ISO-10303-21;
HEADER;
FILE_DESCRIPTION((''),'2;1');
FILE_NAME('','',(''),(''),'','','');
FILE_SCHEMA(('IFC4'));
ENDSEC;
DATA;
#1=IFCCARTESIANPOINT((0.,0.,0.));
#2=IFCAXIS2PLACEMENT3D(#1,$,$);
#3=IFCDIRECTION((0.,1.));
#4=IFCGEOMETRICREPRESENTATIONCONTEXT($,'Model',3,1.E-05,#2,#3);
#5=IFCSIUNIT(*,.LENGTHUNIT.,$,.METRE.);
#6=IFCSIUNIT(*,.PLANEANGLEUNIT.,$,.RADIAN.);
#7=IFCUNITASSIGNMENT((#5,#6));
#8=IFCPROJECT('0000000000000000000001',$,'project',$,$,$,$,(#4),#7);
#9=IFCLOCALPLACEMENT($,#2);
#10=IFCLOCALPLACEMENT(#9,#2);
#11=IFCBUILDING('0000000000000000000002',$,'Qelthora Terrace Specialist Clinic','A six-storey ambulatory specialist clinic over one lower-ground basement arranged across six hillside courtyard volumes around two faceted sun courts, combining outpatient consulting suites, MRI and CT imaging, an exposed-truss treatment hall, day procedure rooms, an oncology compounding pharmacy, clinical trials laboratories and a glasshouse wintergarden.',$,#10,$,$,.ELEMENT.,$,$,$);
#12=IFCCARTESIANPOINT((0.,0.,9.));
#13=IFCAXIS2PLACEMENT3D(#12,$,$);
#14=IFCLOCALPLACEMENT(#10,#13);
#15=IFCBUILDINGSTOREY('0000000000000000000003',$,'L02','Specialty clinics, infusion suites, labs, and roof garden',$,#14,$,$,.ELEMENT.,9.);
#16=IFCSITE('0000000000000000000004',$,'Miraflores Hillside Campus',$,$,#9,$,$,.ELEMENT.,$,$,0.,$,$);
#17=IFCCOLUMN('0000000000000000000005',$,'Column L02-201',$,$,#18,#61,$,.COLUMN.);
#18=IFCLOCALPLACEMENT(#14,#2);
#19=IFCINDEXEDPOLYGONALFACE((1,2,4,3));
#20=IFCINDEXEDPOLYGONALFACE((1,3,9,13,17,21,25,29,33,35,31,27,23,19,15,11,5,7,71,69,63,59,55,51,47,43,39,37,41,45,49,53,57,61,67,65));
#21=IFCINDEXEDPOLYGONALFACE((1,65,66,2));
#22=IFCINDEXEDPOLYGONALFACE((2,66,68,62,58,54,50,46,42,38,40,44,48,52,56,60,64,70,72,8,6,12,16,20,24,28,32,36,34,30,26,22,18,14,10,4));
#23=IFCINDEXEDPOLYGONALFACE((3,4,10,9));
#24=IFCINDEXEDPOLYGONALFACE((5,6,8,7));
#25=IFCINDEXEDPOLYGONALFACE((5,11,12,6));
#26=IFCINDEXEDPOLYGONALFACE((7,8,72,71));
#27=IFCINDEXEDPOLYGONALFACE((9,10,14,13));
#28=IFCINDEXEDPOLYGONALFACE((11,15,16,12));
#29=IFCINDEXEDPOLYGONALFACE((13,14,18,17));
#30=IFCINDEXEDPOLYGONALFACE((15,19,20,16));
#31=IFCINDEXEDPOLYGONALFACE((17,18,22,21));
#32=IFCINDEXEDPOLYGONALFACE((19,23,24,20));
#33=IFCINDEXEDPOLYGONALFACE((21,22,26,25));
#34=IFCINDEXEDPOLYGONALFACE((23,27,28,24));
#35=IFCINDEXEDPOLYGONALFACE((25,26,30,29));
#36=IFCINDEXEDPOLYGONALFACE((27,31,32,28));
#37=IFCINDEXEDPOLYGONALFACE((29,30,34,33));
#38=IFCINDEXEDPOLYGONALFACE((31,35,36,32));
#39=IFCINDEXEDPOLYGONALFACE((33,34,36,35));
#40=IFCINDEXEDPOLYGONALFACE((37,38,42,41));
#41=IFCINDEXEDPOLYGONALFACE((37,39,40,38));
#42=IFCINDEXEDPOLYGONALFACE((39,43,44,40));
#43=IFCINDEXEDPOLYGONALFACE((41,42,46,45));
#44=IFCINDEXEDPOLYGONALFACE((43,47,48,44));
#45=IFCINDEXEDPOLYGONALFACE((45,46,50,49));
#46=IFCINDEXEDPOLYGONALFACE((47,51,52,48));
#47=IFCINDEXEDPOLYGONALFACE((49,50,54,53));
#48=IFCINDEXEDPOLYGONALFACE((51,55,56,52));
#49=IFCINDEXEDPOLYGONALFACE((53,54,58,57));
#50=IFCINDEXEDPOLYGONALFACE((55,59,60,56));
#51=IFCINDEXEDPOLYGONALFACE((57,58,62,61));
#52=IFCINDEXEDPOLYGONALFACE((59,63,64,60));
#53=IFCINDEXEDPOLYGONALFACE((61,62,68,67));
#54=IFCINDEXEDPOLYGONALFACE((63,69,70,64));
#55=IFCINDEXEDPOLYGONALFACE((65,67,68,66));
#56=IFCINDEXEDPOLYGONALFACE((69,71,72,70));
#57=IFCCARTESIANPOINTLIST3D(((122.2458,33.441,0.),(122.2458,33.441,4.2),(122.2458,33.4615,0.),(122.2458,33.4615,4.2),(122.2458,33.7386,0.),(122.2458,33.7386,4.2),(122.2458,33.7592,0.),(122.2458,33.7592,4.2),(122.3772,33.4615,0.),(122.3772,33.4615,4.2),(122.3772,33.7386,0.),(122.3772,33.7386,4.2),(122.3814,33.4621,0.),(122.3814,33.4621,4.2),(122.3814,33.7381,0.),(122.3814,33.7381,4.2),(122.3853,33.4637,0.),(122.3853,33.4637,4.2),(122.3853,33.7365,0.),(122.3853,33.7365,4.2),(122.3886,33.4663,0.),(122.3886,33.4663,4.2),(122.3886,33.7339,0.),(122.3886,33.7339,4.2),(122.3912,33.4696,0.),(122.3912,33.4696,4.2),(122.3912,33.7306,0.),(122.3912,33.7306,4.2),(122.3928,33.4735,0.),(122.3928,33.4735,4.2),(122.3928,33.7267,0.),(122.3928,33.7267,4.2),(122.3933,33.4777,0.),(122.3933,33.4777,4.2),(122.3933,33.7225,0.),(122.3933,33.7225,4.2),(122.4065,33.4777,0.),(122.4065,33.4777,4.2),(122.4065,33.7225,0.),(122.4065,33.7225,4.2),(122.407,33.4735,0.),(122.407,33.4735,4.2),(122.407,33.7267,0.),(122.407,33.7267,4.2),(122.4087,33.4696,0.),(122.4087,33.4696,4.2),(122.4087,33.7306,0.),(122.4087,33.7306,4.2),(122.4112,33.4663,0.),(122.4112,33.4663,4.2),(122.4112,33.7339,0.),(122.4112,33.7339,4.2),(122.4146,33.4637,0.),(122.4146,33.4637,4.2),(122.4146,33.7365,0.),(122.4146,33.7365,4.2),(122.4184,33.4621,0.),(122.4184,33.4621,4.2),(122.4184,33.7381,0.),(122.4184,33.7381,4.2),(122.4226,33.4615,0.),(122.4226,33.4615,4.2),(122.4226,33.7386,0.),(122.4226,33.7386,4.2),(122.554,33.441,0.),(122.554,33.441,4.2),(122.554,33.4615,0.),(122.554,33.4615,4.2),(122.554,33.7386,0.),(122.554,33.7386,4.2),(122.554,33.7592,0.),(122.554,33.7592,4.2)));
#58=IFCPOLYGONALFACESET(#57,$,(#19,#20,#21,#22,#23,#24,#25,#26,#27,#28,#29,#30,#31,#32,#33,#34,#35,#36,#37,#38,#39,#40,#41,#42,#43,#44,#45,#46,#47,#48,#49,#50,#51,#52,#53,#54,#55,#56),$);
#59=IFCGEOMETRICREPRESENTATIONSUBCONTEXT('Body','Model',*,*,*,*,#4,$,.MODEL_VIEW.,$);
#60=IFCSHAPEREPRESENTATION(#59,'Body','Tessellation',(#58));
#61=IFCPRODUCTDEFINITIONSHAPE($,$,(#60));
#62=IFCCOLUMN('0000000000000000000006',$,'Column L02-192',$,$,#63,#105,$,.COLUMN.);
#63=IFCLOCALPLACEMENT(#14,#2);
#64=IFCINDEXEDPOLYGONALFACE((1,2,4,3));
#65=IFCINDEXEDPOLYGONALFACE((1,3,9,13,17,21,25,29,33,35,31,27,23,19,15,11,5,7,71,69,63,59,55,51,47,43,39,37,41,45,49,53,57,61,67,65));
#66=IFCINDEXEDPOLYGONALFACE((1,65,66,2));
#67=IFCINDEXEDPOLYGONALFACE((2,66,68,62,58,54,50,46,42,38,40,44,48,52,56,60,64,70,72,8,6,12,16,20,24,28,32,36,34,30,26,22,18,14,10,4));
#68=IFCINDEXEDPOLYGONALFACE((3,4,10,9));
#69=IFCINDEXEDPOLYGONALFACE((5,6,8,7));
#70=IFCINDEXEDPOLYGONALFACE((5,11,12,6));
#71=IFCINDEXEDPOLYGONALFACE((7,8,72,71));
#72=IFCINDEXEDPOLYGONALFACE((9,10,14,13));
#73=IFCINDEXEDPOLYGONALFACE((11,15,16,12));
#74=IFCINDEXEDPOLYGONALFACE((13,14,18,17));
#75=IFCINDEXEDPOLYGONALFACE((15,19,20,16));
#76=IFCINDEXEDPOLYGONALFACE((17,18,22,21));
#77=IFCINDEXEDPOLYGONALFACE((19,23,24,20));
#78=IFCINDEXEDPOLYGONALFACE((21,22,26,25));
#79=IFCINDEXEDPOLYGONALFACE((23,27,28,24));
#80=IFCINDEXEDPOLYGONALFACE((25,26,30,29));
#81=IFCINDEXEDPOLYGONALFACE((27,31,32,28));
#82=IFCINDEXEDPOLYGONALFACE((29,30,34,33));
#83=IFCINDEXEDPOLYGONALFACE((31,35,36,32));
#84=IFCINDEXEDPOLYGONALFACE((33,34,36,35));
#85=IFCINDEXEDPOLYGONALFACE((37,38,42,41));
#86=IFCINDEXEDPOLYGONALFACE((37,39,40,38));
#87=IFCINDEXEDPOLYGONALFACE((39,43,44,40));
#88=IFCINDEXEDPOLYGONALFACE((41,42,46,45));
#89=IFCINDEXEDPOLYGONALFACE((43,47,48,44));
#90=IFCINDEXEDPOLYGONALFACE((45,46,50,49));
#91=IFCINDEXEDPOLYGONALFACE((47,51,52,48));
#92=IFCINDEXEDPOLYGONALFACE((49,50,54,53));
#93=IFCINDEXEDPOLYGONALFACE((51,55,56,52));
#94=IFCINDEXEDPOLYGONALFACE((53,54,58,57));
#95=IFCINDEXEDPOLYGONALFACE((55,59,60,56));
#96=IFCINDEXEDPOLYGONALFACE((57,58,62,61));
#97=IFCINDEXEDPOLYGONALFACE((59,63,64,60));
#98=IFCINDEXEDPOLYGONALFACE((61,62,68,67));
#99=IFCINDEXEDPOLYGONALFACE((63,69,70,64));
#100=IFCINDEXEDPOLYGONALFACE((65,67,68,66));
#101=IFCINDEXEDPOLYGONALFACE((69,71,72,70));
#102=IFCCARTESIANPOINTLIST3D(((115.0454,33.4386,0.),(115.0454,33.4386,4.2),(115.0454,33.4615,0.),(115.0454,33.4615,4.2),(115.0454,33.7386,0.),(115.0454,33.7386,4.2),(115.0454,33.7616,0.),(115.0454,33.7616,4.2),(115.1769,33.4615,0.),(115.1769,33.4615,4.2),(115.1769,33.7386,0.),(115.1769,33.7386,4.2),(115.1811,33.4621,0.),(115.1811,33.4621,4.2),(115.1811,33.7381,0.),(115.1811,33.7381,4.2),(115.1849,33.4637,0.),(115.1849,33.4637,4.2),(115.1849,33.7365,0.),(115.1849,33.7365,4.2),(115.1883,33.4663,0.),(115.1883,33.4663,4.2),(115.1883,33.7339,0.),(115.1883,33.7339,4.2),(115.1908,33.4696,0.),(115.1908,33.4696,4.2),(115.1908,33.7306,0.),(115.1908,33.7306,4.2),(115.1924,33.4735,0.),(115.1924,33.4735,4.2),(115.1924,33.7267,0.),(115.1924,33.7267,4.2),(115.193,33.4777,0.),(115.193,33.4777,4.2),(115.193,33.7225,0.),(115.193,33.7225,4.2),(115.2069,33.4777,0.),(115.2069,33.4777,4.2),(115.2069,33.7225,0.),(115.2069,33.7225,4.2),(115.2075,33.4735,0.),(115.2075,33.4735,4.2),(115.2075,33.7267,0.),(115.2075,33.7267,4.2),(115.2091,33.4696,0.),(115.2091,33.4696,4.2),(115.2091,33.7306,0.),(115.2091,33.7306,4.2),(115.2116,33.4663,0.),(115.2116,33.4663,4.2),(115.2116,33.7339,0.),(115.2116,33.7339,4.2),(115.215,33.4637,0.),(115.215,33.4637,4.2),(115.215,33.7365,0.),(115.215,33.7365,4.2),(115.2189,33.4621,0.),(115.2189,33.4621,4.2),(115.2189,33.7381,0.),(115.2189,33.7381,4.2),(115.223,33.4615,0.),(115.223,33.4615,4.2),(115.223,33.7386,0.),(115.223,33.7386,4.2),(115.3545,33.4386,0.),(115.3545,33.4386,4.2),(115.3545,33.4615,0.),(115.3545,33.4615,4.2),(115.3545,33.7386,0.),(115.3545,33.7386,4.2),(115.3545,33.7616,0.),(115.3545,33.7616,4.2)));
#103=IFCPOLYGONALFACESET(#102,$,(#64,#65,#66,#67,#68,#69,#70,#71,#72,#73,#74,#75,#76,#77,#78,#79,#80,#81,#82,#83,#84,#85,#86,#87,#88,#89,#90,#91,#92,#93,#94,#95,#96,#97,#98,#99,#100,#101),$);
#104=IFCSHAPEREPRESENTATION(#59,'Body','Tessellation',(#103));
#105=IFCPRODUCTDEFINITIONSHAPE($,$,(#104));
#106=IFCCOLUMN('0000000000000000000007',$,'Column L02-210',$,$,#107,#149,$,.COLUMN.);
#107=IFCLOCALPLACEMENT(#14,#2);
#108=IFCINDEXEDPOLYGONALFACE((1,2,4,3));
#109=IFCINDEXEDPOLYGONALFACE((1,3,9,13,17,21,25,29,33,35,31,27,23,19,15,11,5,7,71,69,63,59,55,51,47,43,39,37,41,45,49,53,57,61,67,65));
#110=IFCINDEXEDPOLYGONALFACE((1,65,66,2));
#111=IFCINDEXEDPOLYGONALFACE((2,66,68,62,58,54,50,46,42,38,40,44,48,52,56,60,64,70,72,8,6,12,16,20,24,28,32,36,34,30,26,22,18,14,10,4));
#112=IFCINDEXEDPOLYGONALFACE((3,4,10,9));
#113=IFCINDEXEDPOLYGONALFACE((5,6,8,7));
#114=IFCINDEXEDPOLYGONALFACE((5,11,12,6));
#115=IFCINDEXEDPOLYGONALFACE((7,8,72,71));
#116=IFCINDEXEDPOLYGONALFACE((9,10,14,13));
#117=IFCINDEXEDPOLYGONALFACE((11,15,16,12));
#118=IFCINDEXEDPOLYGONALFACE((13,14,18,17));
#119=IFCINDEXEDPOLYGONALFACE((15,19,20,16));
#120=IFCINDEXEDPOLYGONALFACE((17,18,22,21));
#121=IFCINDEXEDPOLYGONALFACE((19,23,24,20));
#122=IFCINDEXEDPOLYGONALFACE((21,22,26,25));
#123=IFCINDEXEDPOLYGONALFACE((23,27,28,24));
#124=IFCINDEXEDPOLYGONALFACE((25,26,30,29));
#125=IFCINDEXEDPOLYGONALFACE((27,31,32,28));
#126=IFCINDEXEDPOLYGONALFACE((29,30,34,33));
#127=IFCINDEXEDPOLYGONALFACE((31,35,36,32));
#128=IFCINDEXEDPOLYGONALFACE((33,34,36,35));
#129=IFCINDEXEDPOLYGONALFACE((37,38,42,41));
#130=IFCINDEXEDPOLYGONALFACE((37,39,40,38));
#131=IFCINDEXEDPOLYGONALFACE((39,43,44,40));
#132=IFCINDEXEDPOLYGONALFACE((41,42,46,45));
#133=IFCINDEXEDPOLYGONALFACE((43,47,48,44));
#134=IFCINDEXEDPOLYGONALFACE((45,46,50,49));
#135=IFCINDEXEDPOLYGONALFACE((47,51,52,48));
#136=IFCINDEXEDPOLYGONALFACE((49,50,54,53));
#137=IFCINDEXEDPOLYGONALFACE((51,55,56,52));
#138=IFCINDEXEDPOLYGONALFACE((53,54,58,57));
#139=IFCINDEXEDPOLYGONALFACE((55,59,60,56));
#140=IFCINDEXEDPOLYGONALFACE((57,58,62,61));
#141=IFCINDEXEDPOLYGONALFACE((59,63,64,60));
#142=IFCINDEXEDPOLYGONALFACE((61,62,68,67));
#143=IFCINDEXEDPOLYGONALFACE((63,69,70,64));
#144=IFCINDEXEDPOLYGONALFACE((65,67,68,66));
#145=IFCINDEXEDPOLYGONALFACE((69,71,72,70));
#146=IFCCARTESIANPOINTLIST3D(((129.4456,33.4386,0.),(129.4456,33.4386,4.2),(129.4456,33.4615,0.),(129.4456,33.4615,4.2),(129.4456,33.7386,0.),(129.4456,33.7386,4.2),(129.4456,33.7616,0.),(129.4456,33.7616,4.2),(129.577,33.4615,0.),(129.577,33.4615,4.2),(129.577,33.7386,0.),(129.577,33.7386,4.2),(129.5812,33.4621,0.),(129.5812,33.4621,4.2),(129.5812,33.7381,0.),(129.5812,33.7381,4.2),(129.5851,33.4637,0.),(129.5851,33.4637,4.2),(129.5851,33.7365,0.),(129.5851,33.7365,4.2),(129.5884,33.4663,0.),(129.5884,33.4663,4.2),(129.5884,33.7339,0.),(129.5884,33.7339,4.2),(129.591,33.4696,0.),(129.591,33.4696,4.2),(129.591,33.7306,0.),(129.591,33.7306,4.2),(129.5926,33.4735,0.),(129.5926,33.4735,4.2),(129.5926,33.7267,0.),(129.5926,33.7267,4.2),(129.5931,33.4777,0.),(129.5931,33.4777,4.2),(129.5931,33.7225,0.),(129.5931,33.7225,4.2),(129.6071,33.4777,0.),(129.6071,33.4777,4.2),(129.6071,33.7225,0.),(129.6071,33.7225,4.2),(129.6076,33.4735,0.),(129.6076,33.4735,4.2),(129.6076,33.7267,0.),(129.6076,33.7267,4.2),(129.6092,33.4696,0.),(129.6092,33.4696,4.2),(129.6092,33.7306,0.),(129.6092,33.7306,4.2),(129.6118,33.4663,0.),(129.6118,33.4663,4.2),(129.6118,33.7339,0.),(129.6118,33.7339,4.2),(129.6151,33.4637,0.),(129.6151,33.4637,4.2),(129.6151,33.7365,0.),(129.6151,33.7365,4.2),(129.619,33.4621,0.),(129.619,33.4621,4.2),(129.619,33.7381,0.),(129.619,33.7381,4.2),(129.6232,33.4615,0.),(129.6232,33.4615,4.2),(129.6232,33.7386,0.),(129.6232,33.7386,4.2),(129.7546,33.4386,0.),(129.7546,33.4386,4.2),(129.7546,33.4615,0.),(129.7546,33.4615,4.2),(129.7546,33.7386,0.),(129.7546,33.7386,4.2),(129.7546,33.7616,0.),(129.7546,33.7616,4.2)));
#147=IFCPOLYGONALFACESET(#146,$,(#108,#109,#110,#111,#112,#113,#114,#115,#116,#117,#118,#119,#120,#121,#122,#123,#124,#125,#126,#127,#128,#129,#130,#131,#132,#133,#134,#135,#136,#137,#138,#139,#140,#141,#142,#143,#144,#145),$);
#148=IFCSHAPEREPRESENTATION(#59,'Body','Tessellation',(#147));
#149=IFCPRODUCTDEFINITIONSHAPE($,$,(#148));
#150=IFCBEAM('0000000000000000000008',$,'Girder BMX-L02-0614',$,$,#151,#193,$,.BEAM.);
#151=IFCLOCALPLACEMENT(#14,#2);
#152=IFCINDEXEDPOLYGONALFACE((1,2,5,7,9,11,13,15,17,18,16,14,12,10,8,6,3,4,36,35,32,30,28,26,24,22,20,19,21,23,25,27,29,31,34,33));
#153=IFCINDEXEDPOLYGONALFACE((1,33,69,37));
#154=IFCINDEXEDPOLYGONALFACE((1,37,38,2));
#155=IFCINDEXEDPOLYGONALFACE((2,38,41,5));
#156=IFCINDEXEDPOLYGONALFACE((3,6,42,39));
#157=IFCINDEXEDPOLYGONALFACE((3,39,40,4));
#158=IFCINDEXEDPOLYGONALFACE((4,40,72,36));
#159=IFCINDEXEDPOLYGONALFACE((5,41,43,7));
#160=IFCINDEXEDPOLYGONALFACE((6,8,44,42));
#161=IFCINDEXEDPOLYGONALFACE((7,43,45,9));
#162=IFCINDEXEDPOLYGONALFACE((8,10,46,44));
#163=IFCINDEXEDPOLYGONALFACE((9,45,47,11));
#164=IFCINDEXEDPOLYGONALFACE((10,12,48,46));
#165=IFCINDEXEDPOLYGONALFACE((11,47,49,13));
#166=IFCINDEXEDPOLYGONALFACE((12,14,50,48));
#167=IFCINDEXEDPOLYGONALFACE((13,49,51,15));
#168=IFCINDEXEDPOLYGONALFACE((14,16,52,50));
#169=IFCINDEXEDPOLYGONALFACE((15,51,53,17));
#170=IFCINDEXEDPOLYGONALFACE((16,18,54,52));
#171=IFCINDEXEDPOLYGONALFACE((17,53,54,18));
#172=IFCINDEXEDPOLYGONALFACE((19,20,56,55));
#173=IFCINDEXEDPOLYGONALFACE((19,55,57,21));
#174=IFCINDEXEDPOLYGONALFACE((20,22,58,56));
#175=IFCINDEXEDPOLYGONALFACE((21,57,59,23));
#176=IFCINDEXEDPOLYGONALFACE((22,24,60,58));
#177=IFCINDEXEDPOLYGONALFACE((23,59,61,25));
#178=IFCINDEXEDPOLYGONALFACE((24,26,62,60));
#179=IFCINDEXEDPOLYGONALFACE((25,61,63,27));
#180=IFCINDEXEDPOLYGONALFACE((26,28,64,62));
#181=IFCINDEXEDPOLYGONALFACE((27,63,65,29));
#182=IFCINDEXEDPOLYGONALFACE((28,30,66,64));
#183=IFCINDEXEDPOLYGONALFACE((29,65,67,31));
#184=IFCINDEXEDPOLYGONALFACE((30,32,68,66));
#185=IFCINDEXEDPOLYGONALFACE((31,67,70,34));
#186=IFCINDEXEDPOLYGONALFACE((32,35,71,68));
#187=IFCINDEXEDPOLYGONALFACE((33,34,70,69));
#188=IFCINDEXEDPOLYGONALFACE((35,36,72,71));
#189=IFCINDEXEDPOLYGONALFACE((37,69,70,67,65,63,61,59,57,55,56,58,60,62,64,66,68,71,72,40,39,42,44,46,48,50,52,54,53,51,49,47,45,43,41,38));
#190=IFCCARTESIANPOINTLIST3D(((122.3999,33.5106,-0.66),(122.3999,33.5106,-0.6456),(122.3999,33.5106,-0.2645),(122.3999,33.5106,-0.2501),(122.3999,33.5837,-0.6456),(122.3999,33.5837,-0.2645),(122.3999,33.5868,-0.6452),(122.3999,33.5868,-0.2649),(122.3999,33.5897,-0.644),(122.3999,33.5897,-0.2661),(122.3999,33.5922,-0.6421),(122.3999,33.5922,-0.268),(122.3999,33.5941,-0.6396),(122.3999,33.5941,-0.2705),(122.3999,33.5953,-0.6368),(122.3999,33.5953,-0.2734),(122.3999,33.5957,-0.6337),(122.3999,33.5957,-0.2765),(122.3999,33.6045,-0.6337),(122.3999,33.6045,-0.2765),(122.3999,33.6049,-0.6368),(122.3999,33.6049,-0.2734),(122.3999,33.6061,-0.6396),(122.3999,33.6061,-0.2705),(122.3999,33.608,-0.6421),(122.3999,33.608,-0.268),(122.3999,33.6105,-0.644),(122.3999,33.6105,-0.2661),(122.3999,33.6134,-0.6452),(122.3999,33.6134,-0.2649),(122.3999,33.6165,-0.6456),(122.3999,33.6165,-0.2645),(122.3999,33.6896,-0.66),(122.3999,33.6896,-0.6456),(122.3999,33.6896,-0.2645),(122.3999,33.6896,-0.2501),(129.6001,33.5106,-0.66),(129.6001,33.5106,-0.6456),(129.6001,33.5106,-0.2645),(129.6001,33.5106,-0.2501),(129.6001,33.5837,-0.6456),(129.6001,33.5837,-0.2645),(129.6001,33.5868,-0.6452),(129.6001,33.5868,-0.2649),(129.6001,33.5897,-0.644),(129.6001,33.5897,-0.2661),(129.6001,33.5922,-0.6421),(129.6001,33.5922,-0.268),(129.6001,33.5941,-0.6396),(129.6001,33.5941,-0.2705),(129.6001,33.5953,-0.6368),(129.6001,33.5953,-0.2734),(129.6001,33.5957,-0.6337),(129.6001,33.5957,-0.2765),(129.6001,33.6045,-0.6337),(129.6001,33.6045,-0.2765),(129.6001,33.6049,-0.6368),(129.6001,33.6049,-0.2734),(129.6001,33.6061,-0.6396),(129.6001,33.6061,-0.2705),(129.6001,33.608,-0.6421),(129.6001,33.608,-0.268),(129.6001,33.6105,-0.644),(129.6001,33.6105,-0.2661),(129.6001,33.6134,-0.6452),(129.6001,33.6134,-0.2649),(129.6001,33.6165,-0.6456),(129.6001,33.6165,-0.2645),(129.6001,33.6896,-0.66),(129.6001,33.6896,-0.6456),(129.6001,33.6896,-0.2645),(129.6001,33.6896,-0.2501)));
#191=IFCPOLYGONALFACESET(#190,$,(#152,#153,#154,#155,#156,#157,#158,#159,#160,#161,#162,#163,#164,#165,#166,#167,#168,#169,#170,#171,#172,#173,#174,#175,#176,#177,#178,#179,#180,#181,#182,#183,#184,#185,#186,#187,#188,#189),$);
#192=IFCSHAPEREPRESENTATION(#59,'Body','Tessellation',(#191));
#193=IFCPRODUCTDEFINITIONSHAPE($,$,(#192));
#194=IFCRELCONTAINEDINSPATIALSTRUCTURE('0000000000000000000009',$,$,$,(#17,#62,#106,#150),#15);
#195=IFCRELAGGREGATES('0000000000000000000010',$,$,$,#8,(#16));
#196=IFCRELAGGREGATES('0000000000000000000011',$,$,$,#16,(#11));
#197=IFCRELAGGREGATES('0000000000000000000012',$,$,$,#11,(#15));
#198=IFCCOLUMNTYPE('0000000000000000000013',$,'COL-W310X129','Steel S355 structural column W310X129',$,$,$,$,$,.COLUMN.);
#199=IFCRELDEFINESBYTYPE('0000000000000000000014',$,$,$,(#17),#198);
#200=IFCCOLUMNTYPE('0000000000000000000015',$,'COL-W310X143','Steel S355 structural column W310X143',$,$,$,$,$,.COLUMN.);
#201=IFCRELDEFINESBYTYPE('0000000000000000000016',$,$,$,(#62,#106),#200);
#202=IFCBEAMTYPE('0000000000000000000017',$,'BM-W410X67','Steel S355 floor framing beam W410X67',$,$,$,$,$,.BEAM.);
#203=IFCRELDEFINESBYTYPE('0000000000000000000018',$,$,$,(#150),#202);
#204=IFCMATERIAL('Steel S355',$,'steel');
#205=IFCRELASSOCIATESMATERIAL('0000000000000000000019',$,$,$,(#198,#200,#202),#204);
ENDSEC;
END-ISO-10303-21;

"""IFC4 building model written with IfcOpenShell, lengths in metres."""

from ifc_helpers import new_model, si_unit, direction, frame, origin, origin_2d, place, context, subcontext, project, spatial, i_section, extrude, material, material_profile, profile_set, type_object, element, save


model = new_model("IFC4")

# Units and contexts
model_context = context("Model", 3, precision=1e-05, world=origin(), true_north=direction((0.0, 1.0)))
body_context = subcontext(model_context, "Body", "Model", "MODEL_VIEW")
ifc_project = project(units=[si_unit("LENGTHUNIT", "METRE"), si_unit("PLANEANGLEUNIT", "RADIAN")], contexts=[model_context])

# Site, building, storey
site_placement = place(None, origin())
site = spatial("IfcSite", under=ifc_project, at=site_placement, Name="Miraflores Hillside Campus", CompositionType="ELEMENT", RefElevation=0.0)
building_placement = place(site_placement, origin())
building = spatial("IfcBuilding", under=site, at=building_placement, Name="Qelthora Terrace Specialist Clinic", Description="A six-storey ambulatory specialist clinic over one lower-ground basement arranged across six hillside courtyard volumes around two faceted sun courts, combining outpatient consulting suites, MRI and CT imaging, an exposed-truss treatment hall, day procedure rooms, an oncology compounding pharmacy, clinical trials laboratories and a glasshouse wintergarden.", CompositionType="ELEMENT")
storey_placement = place(building_placement, frame((0.0, 0.0, 9.0)))
storey = spatial("IfcBuildingStorey", under=building, at=storey_placement, Name="L02", Description="Specialty clinics, infusion suites, labs, and roof garden", CompositionType="ELEMENT", Elevation=9.0)

# Columns
ifc_material_1 = material(Name="Steel S355", Category="steel")
ifc_material_profile_1 = material_profile(ifc_material_1, i_section(OverallWidth=0.3081, OverallDepth=0.3181, WebThickness=0.0132, FlangeThickness=0.0205, FilletRadius=0.0161, at=origin_2d()), Name="W310X129")
ifc_profile_set_1 = profile_set([ifc_material_profile_1], Name="Steel S355")
column_type_1 = type_object("IfcColumnType", Name="COL-W310X129", Description="Steel S355 structural column W310X129", PredefinedType="COLUMN", material=ifc_profile_set_1)
column_placement = place(storey_placement, frame((122.3999, 33.6001, 0.0), z_axis=(0.0, 0.0, 1.0), x_axis=(1.0, 0.0, 0.0)))
element("IfcColumn", 1, at=column_placement, inside=storey, type_object=column_type_1, Name="Column L02-201", PredefinedType="COLUMN", context=body_context, shape_type="SweptSolid", body=[
    extrude(i_section(OverallWidth=0.3081, OverallDepth=0.3181, WebThickness=0.0132, FlangeThickness=0.0205, FilletRadius=0.0161, at=origin_2d()), origin(), (0.0, 0.0, 1.0), 4.2),
])
ifc_material_profile_2 = material_profile(ifc_material_1, i_section(OverallWidth=0.3091, OverallDepth=0.323, WebThickness=0.0139, FlangeThickness=0.0229, FilletRadius=0.0161, at=origin_2d()), Name="W310X143")
ifc_profile_set_2 = profile_set([ifc_material_profile_2], Name="Steel S355")
column_type_2 = type_object("IfcColumnType", Name="COL-W310X143", Description="Steel S355 structural column W310X143", PredefinedType="COLUMN", material=ifc_profile_set_2)
for number, where, z_axis, x_axis, name in (
    (2, (115.2, 33.6001, 0.0), (0.0, 0.0, 1.0), (1.0, 0.0, 0.0), "Column L02-192"),
    (3, (129.6001, 33.6001, 0.0), (0.0, 0.0, 1.0), (1.0, 0.0, 0.0), "Column L02-210"),
):
    element("IfcColumn", number, at=place(storey_placement, frame(where, z_axis=z_axis, x_axis=x_axis)), inside=storey, type_object=column_type_2, Name=name, PredefinedType="COLUMN", context=body_context, shape_type="SweptSolid", body=[
        extrude(i_section(OverallWidth=0.3091, OverallDepth=0.323, WebThickness=0.0139, FlangeThickness=0.0229, FilletRadius=0.0161, at=origin_2d()), origin(), (0.0, 0.0, 1.0), 4.2),
    ])

# Beam
ifc_material_profile_3 = material_profile(ifc_material_1, i_section(OverallWidth=0.179, OverallDepth=0.4099, WebThickness=0.0088, FlangeThickness=0.0144, FilletRadius=0.012, at=origin_2d()), Name="W410X67")
ifc_profile_set_3 = profile_set([ifc_material_profile_3], Name="Steel S355")
beam_type_1 = type_object("IfcBeamType", Name="BM-W410X67", Description="Steel S355 floor framing beam W410X67", PredefinedType="BEAM", material=ifc_profile_set_3)
beam_1_placement = place(storey_placement, frame((122.3999, 33.6001, -0.4551), z_axis=(1.0, 0.0, 0.0), x_axis=(0.0, 1.0, 0.0)))
element("IfcBeam", 4, at=beam_1_placement, inside=storey, type_object=beam_type_1, Name="Girder BMX-L02-0614", PredefinedType="BEAM", context=body_context, shape_type="SweptSolid", body=[
    extrude(i_section(OverallWidth=0.179, OverallDepth=0.4099, WebThickness=0.0088, FlangeThickness=0.0144, FilletRadius=0.012, at=origin_2d()), origin(), (0.0, 0.0, 1.0), 7.2002),
])

save(model, "model.ifc")
